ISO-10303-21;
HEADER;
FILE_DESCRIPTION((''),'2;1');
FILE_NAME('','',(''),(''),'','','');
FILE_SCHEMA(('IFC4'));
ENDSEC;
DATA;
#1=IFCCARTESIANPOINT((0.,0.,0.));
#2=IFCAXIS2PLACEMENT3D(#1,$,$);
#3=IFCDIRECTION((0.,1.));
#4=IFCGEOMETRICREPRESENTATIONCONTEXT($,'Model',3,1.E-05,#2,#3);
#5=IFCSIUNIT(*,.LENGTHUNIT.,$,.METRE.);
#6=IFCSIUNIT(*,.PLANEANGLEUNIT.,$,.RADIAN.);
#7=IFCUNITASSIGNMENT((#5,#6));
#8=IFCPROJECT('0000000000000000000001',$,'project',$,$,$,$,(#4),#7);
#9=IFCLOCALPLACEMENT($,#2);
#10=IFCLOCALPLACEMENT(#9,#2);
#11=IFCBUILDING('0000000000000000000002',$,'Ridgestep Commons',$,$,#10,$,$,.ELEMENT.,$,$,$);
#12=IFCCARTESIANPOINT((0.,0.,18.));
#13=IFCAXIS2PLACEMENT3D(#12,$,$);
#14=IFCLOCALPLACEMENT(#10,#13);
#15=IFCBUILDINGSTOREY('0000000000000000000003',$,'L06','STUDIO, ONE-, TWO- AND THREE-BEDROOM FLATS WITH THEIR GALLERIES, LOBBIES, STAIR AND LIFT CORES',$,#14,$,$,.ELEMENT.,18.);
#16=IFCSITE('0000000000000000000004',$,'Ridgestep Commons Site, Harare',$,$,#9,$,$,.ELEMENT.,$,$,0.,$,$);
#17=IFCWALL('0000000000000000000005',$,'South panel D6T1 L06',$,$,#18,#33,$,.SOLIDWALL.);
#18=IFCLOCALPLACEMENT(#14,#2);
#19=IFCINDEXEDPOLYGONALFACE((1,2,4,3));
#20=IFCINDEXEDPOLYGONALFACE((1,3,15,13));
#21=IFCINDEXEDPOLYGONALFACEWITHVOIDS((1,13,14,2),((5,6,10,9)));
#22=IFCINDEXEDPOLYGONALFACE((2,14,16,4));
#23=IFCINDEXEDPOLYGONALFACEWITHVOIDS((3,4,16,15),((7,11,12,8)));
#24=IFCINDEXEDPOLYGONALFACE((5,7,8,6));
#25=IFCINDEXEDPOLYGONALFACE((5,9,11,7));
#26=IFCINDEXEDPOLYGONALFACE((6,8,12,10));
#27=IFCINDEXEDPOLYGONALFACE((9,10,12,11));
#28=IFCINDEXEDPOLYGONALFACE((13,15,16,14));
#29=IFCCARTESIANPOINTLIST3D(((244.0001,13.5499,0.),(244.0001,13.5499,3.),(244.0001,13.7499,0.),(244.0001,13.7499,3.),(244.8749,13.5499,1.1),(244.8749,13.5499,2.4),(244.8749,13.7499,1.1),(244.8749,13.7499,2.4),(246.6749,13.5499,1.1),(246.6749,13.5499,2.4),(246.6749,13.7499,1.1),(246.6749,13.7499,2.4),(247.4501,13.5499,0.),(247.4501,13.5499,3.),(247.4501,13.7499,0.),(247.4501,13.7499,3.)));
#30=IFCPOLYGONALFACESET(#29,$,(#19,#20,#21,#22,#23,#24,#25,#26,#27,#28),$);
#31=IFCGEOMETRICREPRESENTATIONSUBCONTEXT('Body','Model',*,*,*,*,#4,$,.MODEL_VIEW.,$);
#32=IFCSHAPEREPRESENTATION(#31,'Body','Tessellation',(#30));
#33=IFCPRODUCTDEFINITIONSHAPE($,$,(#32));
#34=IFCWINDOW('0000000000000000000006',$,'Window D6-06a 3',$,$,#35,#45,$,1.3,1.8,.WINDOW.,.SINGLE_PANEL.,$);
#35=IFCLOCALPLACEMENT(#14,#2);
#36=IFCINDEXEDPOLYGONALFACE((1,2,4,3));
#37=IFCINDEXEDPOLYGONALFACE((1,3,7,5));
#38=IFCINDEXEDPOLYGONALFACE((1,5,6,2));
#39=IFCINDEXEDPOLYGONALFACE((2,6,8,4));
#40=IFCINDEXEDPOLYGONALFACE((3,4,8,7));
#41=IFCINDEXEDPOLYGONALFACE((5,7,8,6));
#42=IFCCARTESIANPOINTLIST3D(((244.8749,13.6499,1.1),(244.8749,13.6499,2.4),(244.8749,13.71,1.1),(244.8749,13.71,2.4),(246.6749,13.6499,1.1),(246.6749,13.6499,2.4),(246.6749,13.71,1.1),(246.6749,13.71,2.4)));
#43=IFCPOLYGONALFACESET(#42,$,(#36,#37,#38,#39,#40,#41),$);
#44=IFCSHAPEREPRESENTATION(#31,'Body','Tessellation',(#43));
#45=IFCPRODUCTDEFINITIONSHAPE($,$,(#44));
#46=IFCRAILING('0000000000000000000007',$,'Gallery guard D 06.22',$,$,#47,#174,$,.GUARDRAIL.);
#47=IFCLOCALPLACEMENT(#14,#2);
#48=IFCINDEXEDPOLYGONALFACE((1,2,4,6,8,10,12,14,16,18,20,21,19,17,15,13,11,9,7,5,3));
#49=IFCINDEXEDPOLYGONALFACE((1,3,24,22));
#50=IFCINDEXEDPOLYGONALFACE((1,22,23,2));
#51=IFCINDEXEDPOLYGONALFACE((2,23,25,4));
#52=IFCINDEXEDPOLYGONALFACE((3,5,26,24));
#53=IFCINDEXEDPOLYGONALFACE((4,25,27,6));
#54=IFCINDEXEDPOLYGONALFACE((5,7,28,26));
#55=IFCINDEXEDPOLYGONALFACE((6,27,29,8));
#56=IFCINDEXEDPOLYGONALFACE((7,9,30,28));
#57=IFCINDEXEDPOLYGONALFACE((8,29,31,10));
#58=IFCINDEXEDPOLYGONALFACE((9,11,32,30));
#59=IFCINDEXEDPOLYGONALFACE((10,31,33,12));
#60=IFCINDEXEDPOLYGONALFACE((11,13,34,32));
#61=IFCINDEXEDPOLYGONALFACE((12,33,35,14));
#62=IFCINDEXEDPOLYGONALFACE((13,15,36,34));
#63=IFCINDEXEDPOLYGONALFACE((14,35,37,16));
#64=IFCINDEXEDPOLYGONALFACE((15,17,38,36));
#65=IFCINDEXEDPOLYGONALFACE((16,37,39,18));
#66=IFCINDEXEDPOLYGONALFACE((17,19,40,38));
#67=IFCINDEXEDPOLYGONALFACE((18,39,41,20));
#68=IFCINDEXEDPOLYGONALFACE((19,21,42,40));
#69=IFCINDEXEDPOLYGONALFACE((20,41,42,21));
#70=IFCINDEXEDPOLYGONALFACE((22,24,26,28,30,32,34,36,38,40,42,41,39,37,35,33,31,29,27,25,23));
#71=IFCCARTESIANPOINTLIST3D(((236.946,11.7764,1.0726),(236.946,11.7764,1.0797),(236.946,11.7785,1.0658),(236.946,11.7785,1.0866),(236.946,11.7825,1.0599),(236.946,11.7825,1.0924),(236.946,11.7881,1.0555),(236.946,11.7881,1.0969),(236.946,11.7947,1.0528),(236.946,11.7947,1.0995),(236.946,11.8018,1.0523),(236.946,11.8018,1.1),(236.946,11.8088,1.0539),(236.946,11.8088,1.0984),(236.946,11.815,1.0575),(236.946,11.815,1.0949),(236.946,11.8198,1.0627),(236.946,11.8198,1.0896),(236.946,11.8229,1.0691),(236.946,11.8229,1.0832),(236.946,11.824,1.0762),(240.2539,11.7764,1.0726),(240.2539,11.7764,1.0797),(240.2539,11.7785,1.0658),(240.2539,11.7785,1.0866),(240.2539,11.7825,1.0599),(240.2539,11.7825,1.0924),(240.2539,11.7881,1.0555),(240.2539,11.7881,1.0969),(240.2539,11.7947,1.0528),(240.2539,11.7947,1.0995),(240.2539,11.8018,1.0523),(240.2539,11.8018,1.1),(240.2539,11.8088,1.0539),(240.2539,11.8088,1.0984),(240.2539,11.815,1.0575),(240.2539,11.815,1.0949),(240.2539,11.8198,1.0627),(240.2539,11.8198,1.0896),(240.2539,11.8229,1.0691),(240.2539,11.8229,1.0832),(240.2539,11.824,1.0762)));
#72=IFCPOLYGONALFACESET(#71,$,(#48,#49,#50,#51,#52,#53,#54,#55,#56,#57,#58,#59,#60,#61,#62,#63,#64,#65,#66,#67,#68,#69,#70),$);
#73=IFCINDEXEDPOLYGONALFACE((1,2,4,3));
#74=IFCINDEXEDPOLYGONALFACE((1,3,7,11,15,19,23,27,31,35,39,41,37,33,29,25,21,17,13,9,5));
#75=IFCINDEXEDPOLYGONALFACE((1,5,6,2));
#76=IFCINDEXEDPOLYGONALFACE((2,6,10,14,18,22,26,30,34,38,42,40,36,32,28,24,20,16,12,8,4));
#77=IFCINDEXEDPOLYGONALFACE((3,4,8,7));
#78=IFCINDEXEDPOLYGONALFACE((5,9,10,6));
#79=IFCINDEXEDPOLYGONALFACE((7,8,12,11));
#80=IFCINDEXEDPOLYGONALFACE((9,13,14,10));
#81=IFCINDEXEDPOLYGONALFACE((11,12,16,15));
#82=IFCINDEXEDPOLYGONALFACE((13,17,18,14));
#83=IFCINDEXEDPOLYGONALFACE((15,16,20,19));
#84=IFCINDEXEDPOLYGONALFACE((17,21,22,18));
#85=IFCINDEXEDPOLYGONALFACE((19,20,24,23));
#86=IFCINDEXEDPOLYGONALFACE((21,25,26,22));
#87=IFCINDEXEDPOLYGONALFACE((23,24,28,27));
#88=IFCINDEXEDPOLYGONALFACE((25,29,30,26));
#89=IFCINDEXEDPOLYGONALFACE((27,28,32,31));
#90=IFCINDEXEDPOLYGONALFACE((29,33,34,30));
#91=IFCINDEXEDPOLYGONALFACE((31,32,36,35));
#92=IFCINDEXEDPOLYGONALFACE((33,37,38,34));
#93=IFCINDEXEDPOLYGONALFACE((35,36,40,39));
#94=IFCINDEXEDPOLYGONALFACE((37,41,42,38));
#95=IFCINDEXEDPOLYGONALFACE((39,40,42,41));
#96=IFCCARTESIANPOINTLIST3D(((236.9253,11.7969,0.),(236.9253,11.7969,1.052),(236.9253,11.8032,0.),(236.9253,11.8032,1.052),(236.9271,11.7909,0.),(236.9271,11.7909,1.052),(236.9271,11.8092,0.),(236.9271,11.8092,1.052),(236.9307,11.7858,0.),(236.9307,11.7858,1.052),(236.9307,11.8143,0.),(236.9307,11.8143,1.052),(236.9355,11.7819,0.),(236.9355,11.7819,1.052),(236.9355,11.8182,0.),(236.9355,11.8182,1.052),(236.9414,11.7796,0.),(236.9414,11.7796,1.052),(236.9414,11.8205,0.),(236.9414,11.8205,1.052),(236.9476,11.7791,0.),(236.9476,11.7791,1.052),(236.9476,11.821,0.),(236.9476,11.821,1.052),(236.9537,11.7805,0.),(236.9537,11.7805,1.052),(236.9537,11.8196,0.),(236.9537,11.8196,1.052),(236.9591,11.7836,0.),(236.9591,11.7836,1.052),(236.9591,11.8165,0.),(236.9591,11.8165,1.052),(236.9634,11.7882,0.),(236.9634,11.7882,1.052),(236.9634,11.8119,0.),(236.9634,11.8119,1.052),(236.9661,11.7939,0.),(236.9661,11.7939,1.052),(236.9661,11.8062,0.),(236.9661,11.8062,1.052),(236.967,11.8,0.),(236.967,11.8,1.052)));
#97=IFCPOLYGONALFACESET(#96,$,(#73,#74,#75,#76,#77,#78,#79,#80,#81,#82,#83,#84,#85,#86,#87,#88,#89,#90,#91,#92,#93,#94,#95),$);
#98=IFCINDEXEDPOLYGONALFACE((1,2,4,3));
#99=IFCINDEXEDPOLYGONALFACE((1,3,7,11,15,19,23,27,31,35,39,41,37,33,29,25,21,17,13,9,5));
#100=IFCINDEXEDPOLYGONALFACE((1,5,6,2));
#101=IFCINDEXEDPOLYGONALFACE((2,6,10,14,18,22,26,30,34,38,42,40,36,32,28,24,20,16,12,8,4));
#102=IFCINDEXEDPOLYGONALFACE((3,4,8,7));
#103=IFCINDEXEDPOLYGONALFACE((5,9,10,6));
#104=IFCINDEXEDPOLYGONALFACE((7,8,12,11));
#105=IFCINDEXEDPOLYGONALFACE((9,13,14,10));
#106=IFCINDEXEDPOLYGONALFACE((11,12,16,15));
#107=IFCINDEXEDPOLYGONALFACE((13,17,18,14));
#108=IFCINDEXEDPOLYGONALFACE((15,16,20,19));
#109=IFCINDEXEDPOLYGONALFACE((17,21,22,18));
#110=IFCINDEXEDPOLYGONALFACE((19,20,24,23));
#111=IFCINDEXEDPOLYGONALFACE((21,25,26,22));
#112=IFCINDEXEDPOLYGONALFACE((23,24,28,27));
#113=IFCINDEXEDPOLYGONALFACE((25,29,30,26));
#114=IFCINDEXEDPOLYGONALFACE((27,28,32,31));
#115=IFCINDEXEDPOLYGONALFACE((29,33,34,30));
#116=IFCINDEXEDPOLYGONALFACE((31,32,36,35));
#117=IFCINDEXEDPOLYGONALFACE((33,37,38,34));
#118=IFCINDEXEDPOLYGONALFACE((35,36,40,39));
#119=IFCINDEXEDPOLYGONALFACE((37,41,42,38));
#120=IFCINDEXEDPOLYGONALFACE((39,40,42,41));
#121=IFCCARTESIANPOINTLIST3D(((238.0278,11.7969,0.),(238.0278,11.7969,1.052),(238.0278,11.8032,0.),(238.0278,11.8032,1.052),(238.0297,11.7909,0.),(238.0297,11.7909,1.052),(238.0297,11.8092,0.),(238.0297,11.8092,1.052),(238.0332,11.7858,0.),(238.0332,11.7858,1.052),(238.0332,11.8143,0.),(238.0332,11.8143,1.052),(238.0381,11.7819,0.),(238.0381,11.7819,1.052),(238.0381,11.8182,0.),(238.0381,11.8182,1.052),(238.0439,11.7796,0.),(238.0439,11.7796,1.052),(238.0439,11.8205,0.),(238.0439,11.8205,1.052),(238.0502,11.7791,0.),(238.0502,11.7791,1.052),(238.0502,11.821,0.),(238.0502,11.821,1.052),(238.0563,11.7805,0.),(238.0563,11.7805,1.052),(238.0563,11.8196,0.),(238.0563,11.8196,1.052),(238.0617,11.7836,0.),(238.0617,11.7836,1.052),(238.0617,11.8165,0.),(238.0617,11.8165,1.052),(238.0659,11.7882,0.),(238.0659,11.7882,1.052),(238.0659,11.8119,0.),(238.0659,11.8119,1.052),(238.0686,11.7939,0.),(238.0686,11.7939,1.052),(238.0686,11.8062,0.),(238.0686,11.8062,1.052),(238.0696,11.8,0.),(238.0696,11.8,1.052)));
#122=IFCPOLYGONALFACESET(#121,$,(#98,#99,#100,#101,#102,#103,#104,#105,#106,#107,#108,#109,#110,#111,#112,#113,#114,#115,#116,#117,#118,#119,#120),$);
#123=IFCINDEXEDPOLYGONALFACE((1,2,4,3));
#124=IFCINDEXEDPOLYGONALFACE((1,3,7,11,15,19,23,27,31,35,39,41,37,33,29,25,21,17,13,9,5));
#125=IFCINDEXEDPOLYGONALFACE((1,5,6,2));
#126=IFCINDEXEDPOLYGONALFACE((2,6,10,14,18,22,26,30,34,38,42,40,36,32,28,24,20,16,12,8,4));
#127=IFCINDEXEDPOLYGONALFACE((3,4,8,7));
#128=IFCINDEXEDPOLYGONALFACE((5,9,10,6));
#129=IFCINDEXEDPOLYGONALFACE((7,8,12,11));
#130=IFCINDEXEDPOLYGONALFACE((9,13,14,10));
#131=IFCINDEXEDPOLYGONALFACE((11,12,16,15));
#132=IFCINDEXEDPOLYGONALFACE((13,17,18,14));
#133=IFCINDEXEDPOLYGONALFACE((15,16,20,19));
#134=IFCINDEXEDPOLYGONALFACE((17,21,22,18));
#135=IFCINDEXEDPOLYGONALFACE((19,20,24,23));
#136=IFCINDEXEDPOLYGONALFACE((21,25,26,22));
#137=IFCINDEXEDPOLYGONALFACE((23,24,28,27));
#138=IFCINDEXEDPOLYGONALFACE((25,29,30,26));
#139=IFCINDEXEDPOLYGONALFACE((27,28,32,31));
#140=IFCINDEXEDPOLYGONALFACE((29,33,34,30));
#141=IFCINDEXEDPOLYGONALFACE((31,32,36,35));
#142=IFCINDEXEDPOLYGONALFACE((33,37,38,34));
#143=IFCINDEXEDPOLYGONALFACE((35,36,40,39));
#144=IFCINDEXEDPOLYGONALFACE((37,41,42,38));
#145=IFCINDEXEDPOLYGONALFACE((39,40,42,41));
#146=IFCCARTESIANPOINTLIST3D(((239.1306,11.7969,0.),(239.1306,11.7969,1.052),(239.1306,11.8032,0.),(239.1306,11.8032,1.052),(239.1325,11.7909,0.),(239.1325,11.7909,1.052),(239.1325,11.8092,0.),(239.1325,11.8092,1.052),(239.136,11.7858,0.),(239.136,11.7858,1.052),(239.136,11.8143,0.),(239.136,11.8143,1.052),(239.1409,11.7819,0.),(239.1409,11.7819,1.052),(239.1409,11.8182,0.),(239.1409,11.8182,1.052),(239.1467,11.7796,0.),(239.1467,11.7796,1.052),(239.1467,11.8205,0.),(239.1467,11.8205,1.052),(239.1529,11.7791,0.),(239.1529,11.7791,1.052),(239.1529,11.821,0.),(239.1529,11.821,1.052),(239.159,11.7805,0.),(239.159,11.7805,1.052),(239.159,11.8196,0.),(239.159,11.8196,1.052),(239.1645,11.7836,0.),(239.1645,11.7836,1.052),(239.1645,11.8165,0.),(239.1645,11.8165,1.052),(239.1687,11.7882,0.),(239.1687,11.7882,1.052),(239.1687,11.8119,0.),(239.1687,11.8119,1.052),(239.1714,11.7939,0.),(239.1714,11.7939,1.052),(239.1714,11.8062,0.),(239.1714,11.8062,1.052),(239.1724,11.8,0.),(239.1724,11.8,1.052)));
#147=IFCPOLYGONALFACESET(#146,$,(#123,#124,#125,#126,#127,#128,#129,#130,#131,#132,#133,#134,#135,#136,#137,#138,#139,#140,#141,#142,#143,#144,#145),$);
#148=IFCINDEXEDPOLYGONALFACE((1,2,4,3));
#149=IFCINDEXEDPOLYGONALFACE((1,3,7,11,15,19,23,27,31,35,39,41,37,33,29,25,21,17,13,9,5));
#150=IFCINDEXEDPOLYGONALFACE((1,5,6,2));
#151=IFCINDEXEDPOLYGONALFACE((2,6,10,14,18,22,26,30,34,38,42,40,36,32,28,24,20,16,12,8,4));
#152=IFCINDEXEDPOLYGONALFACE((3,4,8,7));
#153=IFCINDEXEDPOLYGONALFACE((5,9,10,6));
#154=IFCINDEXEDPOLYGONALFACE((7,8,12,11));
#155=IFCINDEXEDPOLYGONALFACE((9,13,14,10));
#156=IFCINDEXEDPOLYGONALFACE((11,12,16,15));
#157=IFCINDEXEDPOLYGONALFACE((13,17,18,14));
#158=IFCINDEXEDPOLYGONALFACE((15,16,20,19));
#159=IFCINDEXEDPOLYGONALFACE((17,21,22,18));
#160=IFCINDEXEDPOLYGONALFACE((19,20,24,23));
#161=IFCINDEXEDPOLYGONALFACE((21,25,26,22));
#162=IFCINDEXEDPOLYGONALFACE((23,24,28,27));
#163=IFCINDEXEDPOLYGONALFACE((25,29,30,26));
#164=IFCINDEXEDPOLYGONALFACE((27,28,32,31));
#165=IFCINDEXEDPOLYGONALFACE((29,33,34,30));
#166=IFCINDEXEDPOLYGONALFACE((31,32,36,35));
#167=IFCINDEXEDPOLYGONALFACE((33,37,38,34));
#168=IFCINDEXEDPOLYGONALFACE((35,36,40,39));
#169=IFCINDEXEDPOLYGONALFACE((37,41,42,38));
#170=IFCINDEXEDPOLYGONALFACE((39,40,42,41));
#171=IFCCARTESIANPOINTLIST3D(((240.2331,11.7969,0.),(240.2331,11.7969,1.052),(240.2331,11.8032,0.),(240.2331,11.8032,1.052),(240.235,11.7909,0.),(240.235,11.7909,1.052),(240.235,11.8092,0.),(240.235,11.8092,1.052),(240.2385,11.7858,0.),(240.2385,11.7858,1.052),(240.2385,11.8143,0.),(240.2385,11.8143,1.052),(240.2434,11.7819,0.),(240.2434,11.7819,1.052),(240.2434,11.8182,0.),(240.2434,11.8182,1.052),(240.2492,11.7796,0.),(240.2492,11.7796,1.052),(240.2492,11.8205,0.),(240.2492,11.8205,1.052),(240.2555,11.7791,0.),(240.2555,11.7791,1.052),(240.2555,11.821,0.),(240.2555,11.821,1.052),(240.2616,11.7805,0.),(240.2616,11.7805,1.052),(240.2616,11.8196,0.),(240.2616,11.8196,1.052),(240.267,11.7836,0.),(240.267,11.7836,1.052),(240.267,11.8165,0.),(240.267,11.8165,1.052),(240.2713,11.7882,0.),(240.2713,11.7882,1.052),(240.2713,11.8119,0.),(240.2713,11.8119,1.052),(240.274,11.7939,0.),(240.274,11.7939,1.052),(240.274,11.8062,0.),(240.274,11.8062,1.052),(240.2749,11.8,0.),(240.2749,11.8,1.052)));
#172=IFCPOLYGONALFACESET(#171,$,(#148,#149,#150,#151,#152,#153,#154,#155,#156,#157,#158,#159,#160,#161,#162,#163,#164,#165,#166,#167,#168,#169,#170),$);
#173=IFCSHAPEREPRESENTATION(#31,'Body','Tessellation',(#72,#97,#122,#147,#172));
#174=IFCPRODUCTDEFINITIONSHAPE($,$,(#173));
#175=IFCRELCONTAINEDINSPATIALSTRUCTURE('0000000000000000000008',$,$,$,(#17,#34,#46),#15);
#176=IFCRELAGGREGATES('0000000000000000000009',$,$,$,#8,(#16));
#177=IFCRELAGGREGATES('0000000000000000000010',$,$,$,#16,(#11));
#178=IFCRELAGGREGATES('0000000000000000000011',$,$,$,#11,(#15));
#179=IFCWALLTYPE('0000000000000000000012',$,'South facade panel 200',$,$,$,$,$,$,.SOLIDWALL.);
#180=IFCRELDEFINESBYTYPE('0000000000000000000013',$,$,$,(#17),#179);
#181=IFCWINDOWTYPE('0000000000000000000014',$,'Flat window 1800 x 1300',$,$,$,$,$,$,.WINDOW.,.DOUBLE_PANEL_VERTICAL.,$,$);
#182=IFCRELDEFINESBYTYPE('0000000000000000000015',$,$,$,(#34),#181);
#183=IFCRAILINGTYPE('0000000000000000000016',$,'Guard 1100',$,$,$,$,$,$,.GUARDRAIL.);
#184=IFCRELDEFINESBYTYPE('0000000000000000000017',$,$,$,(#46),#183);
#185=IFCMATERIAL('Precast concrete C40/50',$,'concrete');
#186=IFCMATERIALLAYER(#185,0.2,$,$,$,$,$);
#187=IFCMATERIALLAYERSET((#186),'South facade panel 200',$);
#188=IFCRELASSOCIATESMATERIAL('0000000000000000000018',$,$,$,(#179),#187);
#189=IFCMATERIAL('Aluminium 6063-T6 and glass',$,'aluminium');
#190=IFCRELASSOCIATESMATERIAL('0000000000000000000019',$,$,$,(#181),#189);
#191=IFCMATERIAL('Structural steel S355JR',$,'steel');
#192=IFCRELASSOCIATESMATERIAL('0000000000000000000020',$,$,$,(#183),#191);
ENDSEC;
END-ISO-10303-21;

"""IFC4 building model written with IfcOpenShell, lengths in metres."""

from ifc_helpers import new_model, si_unit, direction, frame, frame_2d, origin, origin_2d, place, context, subcontext, project, spatial, rectangle, circle, extrude, material, layer, layer_set, type_object, element, fill, save


model = new_model("IFC4")

# Units and contexts
model_context = context("Model", 3, precision=1e-05, world=origin(), true_north=direction((0.0, 1.0)))
body_context = subcontext(model_context, "Body", "Model", "MODEL_VIEW")
ifc_project = project(units=[si_unit("LENGTHUNIT", "METRE"), si_unit("PLANEANGLEUNIT", "RADIAN")], contexts=[model_context])

# Site, building, storey
site_placement = place(None, origin())
site = spatial("IfcSite", under=ifc_project, at=site_placement, Name="Ridgestep Commons Site, Harare", CompositionType="ELEMENT", RefElevation=0.0)
building_placement = place(site_placement, origin())
building = spatial("IfcBuilding", under=site, at=building_placement, Name="Ridgestep Commons", CompositionType="ELEMENT")
storey_placement = place(building_placement, frame((0.0, 0.0, 18.0)))
storey = spatial("IfcBuildingStorey", under=building, at=storey_placement, Name="L06", Description="STUDIO, ONE-, TWO- AND THREE-BEDROOM FLATS WITH THEIR GALLERIES, LOBBIES, STAIR AND LIFT CORES", CompositionType="ELEMENT", Elevation=18.0)

# Shared definitions
ifc_material_1 = material(Name="Precast concrete C40/50", Category="concrete")
ifc_layer_1 = layer(ifc_material_1, 0.2)
ifc_layer_set_1 = layer_set([ifc_layer_1], Name="South facade panel 200")
wall_type_1 = type_object("IfcWallType", Name="South facade panel 200", PredefinedType="SOLIDWALL", material=ifc_layer_set_1)

# Wall, opening, window
wall_1_placement = place(storey_placement, frame((244.0, 13.6499, 0.0), z_axis=(0.0, 0.0, 1.0), x_axis=(1.0, 0.0, 0.0)))
wall_1 = element("IfcWall", 1, at=wall_1_placement, inside=storey, type_object=wall_type_1, Name="South panel D6T1 L06", PredefinedType="SOLIDWALL", context=body_context, shape_type="SweptSolid", body=[
    extrude(rectangle(XDim=3.45, YDim=0.2, at=frame_2d((1.7251, 0.0))), origin(), (0.0, 0.0, 1.0), 3.0),
])
opening_1_placement = place(wall_1_placement, frame((0.875, 0.0, 1.1001)))
opening_1 = element("IfcOpeningElement", 2, at=opening_1_placement, cuts=wall_1, PredefinedType="OPENING", context=body_context, shape_type="SweptSolid", body=[
    extrude(rectangle(XDim=1.8, YDim=1.3, at=frame_2d((0.8999, 0.6499))), frame((0.0, 0.1099, 0.0), z_axis=(0.0, -1.0, 0.0), x_axis=(1.0, 0.0, 0.0)), (0.0, 0.0, 1.0), 0.22),
])
ifc_material_2 = material(Name="Aluminium 6063-T6 and glass", Category="aluminium")
window_type_1 = type_object("IfcWindowType", Name="Flat window 1800 x 1300", PartitioningType="DOUBLE_PANEL_VERTICAL", PredefinedType="WINDOW", material=ifc_material_2)
window_1_placement = place(opening_1_placement, origin())
window_1 = element("IfcWindow", 3, at=window_1_placement, inside=storey, type_object=window_type_1, Name="Window D6-06a 3", OverallHeight=1.3, OverallWidth=1.8, PartitioningType="SINGLE_PANEL", PredefinedType="WINDOW", context=body_context, shape_type="SweptSolid", body=[
    extrude(rectangle(XDim=1.8, YDim=1.3, at=frame_2d((0.8999, 0.6499))), frame((0.0, 0.0601, 0.0), z_axis=(0.0, -1.0, 0.0), x_axis=(1.0, 0.0, 0.0)), (0.0, 0.0, 1.0), 0.0601),
])
fill(opening_1, window_1)

# Railing
ifc_material_3 = material(Name="Structural steel S355JR", Category="steel")
railing_type = type_object("IfcRailingType", Name="Guard 1100", PredefinedType="GUARDRAIL", material=ifc_material_3)
railing_1_placement = place(storey_placement, frame((236.946, 11.8, 0.0)))
element("IfcRailing", 4, at=railing_1_placement, inside=storey, type_object=railing_type, Name="Gallery guard D 06.22", PredefinedType="GUARDRAIL", context=body_context, shape_type="SweptSolid", body=[
    extrude(circle(Radius=0.0239, at=origin_2d()), frame((0.0, 0.0, 1.0762), z_axis=(1.0, 0.0, 0.0), x_axis=(0.0, 1.0, 0.0)), (0.0, 0.0, 1.0), 3.3079),
    extrude(circle(Radius=0.021, at=origin_2d()), origin(), (0.0, 0.0, 1.0), 1.052),
    extrude(circle(Radius=0.021, at=origin_2d()), frame((1.1025, 0.0, 0.0)), (0.0, 0.0, 1.0), 1.052),
    extrude(circle(Radius=0.021, at=origin_2d()), frame((2.2053, 0.0, 0.0)), (0.0, 0.0, 1.0), 1.052),
    extrude(circle(Radius=0.021, at=origin_2d()), frame((3.3079, 0.0, 0.0)), (0.0, 0.0, 1.0), 1.052),
])

save(model, "model.ifc")
